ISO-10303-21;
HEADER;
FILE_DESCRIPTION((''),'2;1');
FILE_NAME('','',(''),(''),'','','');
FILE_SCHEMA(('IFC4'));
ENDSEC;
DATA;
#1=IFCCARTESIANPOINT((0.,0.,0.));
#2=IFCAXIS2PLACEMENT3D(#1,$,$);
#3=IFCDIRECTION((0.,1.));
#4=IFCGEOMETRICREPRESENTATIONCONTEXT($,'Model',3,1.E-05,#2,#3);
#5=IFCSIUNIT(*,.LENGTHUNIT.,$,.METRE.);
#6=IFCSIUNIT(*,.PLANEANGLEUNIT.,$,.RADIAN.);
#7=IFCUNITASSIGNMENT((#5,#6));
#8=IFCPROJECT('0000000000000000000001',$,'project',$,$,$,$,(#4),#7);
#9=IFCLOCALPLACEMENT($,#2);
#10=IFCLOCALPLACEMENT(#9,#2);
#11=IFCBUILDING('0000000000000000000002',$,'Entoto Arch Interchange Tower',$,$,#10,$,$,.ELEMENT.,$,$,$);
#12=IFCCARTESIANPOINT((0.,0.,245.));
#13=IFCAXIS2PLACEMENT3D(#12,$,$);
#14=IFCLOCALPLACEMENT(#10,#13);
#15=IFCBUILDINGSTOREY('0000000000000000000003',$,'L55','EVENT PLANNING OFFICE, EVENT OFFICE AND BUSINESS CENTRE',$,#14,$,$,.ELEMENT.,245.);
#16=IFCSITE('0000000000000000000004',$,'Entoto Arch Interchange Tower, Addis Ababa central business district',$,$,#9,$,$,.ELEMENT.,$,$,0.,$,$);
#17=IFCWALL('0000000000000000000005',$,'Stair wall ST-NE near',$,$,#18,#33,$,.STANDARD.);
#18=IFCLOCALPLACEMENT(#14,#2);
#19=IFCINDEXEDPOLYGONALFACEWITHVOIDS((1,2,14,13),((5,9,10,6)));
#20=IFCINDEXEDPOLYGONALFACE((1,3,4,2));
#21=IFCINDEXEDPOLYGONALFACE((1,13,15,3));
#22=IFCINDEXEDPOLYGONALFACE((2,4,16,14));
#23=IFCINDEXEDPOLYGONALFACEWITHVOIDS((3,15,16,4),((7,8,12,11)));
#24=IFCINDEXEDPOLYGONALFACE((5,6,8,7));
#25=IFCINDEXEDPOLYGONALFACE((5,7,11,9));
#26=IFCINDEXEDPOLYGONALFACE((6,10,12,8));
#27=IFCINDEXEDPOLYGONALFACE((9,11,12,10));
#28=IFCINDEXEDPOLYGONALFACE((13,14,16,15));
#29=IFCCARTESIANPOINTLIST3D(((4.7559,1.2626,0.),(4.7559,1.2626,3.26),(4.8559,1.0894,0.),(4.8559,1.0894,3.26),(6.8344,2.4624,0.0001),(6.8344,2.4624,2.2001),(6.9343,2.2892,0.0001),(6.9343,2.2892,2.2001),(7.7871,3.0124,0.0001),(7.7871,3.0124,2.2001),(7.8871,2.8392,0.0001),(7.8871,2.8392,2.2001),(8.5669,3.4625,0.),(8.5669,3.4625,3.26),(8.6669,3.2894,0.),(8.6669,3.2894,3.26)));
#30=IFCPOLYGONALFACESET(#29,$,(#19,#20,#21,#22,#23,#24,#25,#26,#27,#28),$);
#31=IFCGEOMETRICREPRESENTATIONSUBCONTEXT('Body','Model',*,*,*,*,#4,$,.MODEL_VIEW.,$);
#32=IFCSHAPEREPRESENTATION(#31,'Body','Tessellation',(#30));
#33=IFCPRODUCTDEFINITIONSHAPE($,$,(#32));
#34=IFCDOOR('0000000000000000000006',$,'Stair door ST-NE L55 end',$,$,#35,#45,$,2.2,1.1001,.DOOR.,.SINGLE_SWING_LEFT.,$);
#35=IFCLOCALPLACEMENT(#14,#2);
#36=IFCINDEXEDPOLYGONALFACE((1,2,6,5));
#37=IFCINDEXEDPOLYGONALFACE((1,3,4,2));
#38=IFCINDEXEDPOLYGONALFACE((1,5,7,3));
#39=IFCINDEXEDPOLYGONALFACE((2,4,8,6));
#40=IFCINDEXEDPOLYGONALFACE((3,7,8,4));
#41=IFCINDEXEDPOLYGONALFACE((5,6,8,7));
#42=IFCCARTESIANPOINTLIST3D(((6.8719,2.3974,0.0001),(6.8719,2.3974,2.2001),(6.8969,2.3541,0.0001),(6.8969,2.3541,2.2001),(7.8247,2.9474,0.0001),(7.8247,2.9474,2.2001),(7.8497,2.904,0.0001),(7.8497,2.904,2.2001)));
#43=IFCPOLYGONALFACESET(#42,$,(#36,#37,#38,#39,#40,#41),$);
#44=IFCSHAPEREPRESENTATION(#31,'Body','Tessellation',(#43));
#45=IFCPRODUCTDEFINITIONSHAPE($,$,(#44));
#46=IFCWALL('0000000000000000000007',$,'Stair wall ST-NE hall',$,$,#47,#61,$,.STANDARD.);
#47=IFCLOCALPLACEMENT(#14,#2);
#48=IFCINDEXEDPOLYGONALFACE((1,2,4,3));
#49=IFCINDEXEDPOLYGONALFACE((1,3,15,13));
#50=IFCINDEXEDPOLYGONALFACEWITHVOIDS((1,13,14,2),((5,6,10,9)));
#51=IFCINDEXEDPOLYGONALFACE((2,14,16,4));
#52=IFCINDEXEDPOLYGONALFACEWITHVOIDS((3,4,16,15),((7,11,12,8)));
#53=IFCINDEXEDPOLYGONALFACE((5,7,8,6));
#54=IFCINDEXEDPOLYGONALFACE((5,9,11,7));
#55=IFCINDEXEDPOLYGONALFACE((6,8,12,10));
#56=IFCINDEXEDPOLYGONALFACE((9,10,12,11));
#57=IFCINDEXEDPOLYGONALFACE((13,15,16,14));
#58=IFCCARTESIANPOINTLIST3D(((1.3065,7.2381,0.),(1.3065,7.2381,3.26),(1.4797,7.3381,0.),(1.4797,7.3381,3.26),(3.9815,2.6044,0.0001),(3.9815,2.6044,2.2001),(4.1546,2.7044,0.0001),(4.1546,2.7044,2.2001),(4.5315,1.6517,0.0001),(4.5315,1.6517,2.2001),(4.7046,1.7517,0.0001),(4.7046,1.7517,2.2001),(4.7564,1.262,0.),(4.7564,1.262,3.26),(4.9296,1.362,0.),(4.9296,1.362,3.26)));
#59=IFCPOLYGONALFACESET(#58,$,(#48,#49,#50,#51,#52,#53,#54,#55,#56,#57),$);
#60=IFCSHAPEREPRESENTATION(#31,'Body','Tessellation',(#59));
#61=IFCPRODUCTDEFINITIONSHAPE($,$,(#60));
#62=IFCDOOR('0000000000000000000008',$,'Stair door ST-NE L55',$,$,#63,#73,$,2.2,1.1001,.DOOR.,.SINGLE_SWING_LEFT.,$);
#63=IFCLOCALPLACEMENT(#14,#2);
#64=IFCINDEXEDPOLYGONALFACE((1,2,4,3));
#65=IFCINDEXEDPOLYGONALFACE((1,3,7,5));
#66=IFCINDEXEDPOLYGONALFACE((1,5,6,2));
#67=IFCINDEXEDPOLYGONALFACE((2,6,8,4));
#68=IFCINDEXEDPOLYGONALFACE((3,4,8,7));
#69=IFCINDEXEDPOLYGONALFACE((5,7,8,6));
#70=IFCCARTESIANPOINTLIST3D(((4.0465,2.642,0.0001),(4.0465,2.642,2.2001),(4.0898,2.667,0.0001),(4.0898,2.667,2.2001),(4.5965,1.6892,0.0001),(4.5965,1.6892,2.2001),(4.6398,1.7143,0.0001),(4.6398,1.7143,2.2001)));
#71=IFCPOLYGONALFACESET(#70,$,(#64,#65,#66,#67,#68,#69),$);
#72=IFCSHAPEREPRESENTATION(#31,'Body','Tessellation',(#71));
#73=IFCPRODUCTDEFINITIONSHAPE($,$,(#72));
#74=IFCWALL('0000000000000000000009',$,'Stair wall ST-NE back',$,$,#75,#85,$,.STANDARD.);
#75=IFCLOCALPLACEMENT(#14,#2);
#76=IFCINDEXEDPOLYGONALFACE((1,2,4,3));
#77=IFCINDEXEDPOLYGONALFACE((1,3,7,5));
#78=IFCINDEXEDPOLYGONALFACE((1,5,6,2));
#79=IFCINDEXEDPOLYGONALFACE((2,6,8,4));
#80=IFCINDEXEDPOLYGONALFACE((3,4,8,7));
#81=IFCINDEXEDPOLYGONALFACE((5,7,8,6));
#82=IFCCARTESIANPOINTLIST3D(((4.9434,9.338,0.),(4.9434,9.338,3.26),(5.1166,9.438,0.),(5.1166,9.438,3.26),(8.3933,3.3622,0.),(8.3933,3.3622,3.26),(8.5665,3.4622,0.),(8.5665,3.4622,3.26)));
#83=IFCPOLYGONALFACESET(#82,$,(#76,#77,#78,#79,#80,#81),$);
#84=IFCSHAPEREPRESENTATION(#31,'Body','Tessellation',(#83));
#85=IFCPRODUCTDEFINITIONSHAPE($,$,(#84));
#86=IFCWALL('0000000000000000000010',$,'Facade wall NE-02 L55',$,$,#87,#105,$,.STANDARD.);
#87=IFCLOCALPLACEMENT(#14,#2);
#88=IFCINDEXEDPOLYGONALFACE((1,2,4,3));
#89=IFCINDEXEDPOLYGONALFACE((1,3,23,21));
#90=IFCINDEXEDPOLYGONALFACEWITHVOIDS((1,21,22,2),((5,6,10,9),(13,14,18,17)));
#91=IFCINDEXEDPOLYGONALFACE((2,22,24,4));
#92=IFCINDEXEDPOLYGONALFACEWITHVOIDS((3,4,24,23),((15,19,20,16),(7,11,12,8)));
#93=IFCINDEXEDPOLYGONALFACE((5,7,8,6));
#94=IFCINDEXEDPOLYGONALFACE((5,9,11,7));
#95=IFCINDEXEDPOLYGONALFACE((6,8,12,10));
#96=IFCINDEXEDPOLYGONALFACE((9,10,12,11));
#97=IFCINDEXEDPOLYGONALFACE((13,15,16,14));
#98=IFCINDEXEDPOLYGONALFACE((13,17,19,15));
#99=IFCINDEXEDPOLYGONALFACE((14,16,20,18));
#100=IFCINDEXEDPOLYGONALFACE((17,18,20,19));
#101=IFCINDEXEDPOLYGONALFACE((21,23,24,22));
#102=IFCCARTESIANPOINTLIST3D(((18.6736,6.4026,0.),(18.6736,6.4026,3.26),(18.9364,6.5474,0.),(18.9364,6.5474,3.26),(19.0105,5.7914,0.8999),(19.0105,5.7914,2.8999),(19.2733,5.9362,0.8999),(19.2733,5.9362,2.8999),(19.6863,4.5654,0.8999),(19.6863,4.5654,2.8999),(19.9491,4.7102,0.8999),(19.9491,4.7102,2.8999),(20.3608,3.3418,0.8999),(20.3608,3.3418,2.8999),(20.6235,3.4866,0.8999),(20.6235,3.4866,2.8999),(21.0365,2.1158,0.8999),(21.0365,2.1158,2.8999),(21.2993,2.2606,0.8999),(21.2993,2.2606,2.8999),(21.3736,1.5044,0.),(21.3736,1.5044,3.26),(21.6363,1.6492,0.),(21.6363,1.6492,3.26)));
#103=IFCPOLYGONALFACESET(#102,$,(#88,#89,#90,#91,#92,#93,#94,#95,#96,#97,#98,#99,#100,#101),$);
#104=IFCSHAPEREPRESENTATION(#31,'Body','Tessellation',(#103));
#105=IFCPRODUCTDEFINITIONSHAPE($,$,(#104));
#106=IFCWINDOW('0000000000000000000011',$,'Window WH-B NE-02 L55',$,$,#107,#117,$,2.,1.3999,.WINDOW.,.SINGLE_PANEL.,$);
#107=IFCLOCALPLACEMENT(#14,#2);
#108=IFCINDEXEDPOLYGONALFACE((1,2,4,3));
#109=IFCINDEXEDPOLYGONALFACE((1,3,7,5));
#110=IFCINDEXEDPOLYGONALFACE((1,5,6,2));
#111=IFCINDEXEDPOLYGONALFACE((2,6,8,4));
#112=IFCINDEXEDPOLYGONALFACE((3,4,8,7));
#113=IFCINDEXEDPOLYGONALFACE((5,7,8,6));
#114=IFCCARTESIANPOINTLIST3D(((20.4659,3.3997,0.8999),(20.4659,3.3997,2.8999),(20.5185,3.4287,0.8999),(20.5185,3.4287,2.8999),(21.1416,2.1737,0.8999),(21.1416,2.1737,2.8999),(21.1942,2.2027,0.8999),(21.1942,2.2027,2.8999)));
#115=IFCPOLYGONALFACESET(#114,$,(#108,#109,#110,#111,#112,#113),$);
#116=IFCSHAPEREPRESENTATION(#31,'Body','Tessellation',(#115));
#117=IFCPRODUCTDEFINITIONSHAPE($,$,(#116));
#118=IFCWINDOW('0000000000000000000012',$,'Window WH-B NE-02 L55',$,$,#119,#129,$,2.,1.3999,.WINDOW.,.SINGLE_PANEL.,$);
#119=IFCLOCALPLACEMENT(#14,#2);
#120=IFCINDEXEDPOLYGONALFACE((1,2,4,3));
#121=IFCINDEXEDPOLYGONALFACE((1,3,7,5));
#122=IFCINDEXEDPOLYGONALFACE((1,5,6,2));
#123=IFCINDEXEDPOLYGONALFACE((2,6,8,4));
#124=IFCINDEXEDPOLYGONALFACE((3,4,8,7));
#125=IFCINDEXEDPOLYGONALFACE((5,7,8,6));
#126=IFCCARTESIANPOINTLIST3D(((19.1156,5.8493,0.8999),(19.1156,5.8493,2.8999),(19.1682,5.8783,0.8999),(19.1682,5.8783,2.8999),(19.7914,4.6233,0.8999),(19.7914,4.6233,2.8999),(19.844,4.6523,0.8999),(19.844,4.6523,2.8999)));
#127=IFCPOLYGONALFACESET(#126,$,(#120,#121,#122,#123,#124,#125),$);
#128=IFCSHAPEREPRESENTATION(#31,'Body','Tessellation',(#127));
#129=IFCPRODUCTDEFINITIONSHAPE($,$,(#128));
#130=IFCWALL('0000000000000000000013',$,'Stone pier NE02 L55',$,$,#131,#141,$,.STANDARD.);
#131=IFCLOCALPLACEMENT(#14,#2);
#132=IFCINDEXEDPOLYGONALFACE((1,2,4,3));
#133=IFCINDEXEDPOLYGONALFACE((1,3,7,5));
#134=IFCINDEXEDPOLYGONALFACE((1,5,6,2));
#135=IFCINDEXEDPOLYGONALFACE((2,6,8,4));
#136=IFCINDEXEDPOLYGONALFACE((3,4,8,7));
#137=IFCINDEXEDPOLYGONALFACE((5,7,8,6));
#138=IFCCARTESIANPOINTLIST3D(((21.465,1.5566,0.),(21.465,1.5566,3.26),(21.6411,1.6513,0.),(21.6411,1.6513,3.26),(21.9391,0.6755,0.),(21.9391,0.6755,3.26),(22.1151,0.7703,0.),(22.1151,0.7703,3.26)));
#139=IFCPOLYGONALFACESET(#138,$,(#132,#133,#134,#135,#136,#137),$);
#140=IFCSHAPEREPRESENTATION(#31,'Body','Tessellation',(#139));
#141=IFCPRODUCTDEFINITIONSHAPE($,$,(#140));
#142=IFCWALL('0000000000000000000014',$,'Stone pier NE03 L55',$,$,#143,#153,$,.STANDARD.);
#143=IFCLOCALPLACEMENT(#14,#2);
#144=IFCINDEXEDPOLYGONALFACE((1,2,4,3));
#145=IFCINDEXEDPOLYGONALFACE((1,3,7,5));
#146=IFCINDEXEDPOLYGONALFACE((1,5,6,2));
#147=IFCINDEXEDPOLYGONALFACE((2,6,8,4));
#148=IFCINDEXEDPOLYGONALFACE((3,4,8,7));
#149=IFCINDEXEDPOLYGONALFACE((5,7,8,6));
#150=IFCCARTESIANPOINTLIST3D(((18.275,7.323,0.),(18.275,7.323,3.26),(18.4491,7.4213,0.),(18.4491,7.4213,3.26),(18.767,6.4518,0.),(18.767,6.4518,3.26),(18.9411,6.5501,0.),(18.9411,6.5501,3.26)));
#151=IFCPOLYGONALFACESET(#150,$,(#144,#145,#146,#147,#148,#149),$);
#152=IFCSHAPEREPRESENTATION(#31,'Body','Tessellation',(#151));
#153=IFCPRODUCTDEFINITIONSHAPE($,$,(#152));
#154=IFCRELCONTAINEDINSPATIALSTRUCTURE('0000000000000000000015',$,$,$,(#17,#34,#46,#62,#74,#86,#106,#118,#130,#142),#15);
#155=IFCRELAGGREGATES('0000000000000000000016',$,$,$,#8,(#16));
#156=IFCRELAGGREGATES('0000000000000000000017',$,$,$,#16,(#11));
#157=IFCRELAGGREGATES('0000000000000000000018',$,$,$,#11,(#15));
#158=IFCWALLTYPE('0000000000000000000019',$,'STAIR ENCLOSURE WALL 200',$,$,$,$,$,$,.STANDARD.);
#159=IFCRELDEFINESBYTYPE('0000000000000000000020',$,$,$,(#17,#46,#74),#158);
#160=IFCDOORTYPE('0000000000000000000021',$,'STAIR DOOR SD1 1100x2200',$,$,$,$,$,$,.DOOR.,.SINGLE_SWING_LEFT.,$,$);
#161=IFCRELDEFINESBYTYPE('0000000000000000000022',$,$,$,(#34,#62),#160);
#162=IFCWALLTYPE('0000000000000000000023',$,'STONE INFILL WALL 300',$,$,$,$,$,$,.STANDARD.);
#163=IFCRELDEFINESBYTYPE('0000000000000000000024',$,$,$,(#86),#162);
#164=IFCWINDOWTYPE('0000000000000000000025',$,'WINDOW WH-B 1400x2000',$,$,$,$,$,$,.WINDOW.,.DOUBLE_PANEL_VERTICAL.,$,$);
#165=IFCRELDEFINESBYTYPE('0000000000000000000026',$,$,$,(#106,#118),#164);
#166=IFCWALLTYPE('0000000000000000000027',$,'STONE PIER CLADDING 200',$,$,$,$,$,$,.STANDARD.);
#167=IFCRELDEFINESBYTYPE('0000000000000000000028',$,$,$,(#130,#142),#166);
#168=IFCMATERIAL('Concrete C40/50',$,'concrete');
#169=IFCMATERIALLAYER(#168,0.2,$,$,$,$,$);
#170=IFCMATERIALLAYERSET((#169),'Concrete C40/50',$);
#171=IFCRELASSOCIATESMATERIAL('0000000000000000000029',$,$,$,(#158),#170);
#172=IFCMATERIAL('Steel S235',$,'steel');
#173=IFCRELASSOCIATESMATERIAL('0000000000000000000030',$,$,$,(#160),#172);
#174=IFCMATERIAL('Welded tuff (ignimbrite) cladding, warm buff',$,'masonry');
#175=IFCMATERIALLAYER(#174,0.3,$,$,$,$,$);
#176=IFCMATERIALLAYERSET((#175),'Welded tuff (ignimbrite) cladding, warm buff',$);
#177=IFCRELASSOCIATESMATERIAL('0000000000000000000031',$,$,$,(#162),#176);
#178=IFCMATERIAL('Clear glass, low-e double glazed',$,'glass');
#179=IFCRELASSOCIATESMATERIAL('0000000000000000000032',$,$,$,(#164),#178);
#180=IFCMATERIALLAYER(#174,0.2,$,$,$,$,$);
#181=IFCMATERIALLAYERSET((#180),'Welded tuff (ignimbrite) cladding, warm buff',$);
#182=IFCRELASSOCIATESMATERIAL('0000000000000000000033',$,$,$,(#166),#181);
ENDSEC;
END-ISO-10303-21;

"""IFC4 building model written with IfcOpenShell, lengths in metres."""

from ifc_helpers import new_model, si_unit, direction, frame, frame_2d, origin, place, context, subcontext, project, spatial, rectangle, extrude, material, layer, layer_set, type_object, element, fill, save


model = new_model("IFC4")

# Units and contexts
model_context = context("Model", 3, precision=1e-05, world=origin(), true_north=direction((0.0, 1.0)))
body_context = subcontext(model_context, "Body", "Model", "MODEL_VIEW")
ifc_project = project(units=[si_unit("LENGTHUNIT", "METRE"), si_unit("PLANEANGLEUNIT", "RADIAN")], contexts=[model_context])

# Site, building, storey
site_placement = place(None, origin())
site = spatial("IfcSite", under=ifc_project, at=site_placement, Name="Entoto Arch Interchange Tower, Addis Ababa central business district", CompositionType="ELEMENT", RefElevation=0.0)
building_placement = place(site_placement, origin())
building = spatial("IfcBuilding", under=site, at=building_placement, Name="Entoto Arch Interchange Tower", CompositionType="ELEMENT")
storey_placement = place(building_placement, frame((0.0, 0.0, 245.0)))
storey = spatial("IfcBuildingStorey", under=building, at=storey_placement, Name="L55", Description="EVENT PLANNING OFFICE, EVENT OFFICE AND BUSINESS CENTRE", CompositionType="ELEMENT", Elevation=245.0)

# Shared definitions
ifc_material_1 = material(Name="Concrete C40/50", Category="concrete")

# Walls, openings, doors
ifc_layer_1 = layer(ifc_material_1, 0.2)
ifc_layer_set_1 = layer_set([ifc_layer_1], Name="Concrete C40/50")
wall_type_1 = type_object("IfcWallType", Name="STAIR ENCLOSURE WALL 200", PredefinedType="STANDARD", material=ifc_layer_set_1)
wall_1_placement = place(storey_placement, frame((4.8059, 1.176, 0.0), z_axis=(0.0, 0.0, 1.0), x_axis=(0.86606, 0.49994, 0.0)))
wall_1 = element("IfcWall", 1, at=wall_1_placement, inside=storey, type_object=wall_type_1, Name="Stair wall ST-NE near", PredefinedType="STANDARD", context=body_context, shape_type="SweptSolid", body=[
    extrude(rectangle(XDim=4.4004, YDim=0.2, at=frame_2d((2.2002, 0.0))), origin(), (0.0, 0.0, 1.0), 3.26),
])
opening_1_placement = place(wall_1_placement, frame((2.3999, 0.0, 0.0)))
opening_1 = element("IfcOpeningElement", 2, at=opening_1_placement, cuts=wall_1, PredefinedType="OPENING", context=body_context, shape_type="SweptSolid", body=[
    extrude(rectangle(XDim=1.1001, YDim=2.2, at=frame_2d((0.55, 1.1001))), frame((0.0, 0.1099, 0.0), z_axis=(0.0, -1.0, 0.0), x_axis=(1.0, 0.0, 0.0)), (0.0, 0.0, 1.0), 0.22),
])
ifc_material_2 = material(Name="Steel S235", Category="steel")
door_type_1 = type_object("IfcDoorType", Name="STAIR DOOR SD1 1100x2200", OperationType="SINGLE_SWING_LEFT", PredefinedType="DOOR", material=ifc_material_2)
door_1_placement = place(opening_1_placement, origin())
door_1 = element("IfcDoor", 3, at=door_1_placement, inside=storey, type_object=door_type_1, Name="Stair door ST-NE L55 end", OperationType="SINGLE_SWING_LEFT", OverallHeight=2.2, OverallWidth=1.1001, PredefinedType="DOOR", context=body_context, shape_type="SweptSolid", body=[
    extrude(rectangle(XDim=1.1001, YDim=2.2, at=frame_2d((0.55, 1.1001))), frame((0.0, 0.0249, 0.0), z_axis=(0.0, -1.0, 0.0), x_axis=(1.0, 0.0, 0.0)), (0.0, 0.0, 1.0), 0.05),
])
fill(opening_1, door_1)
wall_2_placement = place(storey_placement, frame((4.843, 1.312, 0.0), z_axis=(0.0, 0.0, 1.0), x_axis=(-0.499963, 0.866047, 0.0)))
wall_2 = element("IfcWall", 4, at=wall_2_placement, inside=storey, type_object=wall_type_1, Name="Stair wall ST-NE hall", PredefinedType="STANDARD", context=body_context, shape_type="SweptSolid", body=[
    extrude(rectangle(XDim=6.9004, YDim=0.2, at=frame_2d((3.4502, 0.0))), origin(), (0.0, 0.0, 1.0), 3.26),
])
opening_2_placement = place(wall_2_placement, frame((0.45, 0.0, 0.0)))
opening_2 = element("IfcOpeningElement", 5, at=opening_2_placement, cuts=wall_2, PredefinedType="OPENING", context=body_context, shape_type="SweptSolid", body=[
    extrude(rectangle(XDim=1.1001, YDim=2.2, at=frame_2d((0.55, 1.1001))), frame((0.0, 0.1099, 0.0), z_axis=(0.0, -1.0, 0.0), x_axis=(1.0, 0.0, 0.0)), (0.0, 0.0, 1.0), 0.22),
])
door_2_placement = place(opening_2_placement, origin())
door_2 = element("IfcDoor", 6, at=door_2_placement, inside=storey, type_object=door_type_1, Name="Stair door ST-NE L55", OperationType="SINGLE_SWING_LEFT", OverallHeight=2.2, OverallWidth=1.1001, PredefinedType="DOOR", context=body_context, shape_type="SweptSolid", body=[
    extrude(rectangle(XDim=1.1001, YDim=2.2, at=frame_2d((0.55, 1.1001))), frame((0.0, 0.0249, 0.0), z_axis=(0.0, -1.0, 0.0), x_axis=(1.0, 0.0, 0.0)), (0.0, 0.0, 1.0), 0.05),
])
fill(opening_2, door_2)

# Wall
wall_3_placement = place(storey_placement, frame((8.48, 3.4121, 0.0), z_axis=(0.0, 0.0, 1.0), x_axis=(-0.499979, 0.866038, 0.0)))
element("IfcWall", 7, at=wall_3_placement, inside=storey, type_object=wall_type_1, Name="Stair wall ST-NE back", PredefinedType="STANDARD", context=body_context, shape_type="SweptSolid", body=[
    extrude(rectangle(XDim=6.9001, YDim=0.2, at=frame_2d((3.4502, 0.0))), origin(), (0.0, 0.0, 1.0), 3.26),
])

# Wall, openings, windows
ifc_material_3 = material(Name="Welded tuff (ignimbrite) cladding, warm buff", Category="masonry")
ifc_layer_2 = layer(ifc_material_3, 0.3)
ifc_layer_set_2 = layer_set([ifc_layer_2], Name="Welded tuff (ignimbrite) cladding, warm buff")
wall_type_2 = type_object("IfcWallType", Name="STONE INFILL WALL 300", PredefinedType="STANDARD", material=ifc_layer_set_2)
wall_4_placement = place(storey_placement, frame((21.5049, 1.5769, 0.0), z_axis=(0.0, 0.0, 1.0), x_axis=(-0.482735, 0.875767, 0.0)))
wall_4 = element("IfcWall", 8, at=wall_4_placement, inside=storey, type_object=wall_type_2, Name="Facade wall NE-02 L55", PredefinedType="STANDARD", context=body_context, shape_type="SweptSolid", body=[
    extrude(rectangle(XDim=5.593, YDim=0.3, at=frame_2d((2.7964, 0.0))), origin(), (0.0, 0.0, 1.0), 3.26),
])
opening_3_placement = place(wall_4_placement, frame((0.698, 0.0, 0.8999)))
opening_3 = element("IfcOpeningElement", 9, at=opening_3_placement, cuts=wall_4, PredefinedType="OPENING", context=body_context, shape_type="SweptSolid", body=[
    extrude(rectangle(XDim=1.3999, YDim=2.0, at=frame_2d((0.7, 1.0))), frame((0.0, 0.1602, 0.0), z_axis=(0.0, -1.0, 0.0), x_axis=(1.0, 0.0, 0.0)), (0.0, 0.0, 1.0), 0.3201),
])
opening_4_placement = place(wall_4_placement, frame((3.4951, 0.0, 0.8999)))
opening_4 = element("IfcOpeningElement", 10, at=opening_4_placement, cuts=wall_4, PredefinedType="OPENING", context=body_context, shape_type="SweptSolid", body=[
    extrude(rectangle(XDim=1.3999, YDim=2.0, at=frame_2d((0.7, 1.0))), frame((0.0, 0.1602, 0.0), z_axis=(0.0, -1.0, 0.0), x_axis=(1.0, 0.0, 0.0)), (0.0, 0.0, 1.0), 0.3201),
])
ifc_material_4 = material(Name="Clear glass, low-e double glazed", Category="glass")
window_type = type_object("IfcWindowType", Name="WINDOW WH-B 1400x2000", PartitioningType="DOUBLE_PANEL_VERTICAL", PredefinedType="WINDOW", material=ifc_material_4)
window_1_placement = place(opening_3_placement, origin())
window_1 = element("IfcWindow", 11, at=window_1_placement, inside=storey, type_object=window_type, Name="Window WH-B NE-02 L55", OverallHeight=2.0, OverallWidth=1.3999, PartitioningType="SINGLE_PANEL", PredefinedType="WINDOW", context=body_context, shape_type="SweptSolid", body=[
    extrude(rectangle(XDim=1.3999, YDim=2.0, at=frame_2d((0.7, 1.0))), frame((0.0, 0.03, 0.0), z_axis=(0.0, -1.0, 0.0), x_axis=(1.0, 0.0, 0.0)), (0.0, 0.0, 1.0), 0.0601),
])
fill(opening_3, window_1)
window_2_placement = place(opening_4_placement, origin())
window_2 = element("IfcWindow", 12, at=window_2_placement, inside=storey, type_object=window_type, Name="Window WH-B NE-02 L55", OverallHeight=2.0, OverallWidth=1.3999, PartitioningType="SINGLE_PANEL", PredefinedType="WINDOW", context=body_context, shape_type="SweptSolid", body=[
    extrude(rectangle(XDim=1.3999, YDim=2.0, at=frame_2d((0.7, 1.0))), frame((0.0, 0.03, 0.0), z_axis=(0.0, -1.0, 0.0), x_axis=(1.0, 0.0, 0.0)), (0.0, 0.0, 1.0), 0.0601),
])
fill(opening_4, window_2)

# Walls
ifc_layer_3 = layer(ifc_material_3, 0.2)
ifc_layer_set_3 = layer_set([ifc_layer_3], Name="Welded tuff (ignimbrite) cladding, warm buff")
wall_type_3 = type_object("IfcWallType", Name="STONE PIER CLADDING 200", PredefinedType="STANDARD", material=ifc_layer_set_3)
for number, where, z_axis, x_axis, name in (
    (13, (22.0271, 0.7229, 0.0), (0.0, 0.0, 1.0), (-0.473852, 0.880604, 0.0), "Stone pier NE02 L55"),
    (14, (18.854, 6.501, 0.0), (0.0, 0.0, 1.0), (-0.491744, 0.87074, 0.0), "Stone pier NE03 L55"),
):
    element("IfcWall", number, at=place(storey_placement, frame(where, z_axis=z_axis, x_axis=x_axis)), inside=storey, type_object=wall_type_3, Name=name, PredefinedType="STANDARD", context=body_context, shape_type="SweptSolid", body=[
        extrude(rectangle(XDim=1.0005, YDim=0.2, at=frame_2d((0.5002, 0.0))), origin(), (0.0, 0.0, 1.0), 3.26),
    ])

save(model, "model.ifc")
